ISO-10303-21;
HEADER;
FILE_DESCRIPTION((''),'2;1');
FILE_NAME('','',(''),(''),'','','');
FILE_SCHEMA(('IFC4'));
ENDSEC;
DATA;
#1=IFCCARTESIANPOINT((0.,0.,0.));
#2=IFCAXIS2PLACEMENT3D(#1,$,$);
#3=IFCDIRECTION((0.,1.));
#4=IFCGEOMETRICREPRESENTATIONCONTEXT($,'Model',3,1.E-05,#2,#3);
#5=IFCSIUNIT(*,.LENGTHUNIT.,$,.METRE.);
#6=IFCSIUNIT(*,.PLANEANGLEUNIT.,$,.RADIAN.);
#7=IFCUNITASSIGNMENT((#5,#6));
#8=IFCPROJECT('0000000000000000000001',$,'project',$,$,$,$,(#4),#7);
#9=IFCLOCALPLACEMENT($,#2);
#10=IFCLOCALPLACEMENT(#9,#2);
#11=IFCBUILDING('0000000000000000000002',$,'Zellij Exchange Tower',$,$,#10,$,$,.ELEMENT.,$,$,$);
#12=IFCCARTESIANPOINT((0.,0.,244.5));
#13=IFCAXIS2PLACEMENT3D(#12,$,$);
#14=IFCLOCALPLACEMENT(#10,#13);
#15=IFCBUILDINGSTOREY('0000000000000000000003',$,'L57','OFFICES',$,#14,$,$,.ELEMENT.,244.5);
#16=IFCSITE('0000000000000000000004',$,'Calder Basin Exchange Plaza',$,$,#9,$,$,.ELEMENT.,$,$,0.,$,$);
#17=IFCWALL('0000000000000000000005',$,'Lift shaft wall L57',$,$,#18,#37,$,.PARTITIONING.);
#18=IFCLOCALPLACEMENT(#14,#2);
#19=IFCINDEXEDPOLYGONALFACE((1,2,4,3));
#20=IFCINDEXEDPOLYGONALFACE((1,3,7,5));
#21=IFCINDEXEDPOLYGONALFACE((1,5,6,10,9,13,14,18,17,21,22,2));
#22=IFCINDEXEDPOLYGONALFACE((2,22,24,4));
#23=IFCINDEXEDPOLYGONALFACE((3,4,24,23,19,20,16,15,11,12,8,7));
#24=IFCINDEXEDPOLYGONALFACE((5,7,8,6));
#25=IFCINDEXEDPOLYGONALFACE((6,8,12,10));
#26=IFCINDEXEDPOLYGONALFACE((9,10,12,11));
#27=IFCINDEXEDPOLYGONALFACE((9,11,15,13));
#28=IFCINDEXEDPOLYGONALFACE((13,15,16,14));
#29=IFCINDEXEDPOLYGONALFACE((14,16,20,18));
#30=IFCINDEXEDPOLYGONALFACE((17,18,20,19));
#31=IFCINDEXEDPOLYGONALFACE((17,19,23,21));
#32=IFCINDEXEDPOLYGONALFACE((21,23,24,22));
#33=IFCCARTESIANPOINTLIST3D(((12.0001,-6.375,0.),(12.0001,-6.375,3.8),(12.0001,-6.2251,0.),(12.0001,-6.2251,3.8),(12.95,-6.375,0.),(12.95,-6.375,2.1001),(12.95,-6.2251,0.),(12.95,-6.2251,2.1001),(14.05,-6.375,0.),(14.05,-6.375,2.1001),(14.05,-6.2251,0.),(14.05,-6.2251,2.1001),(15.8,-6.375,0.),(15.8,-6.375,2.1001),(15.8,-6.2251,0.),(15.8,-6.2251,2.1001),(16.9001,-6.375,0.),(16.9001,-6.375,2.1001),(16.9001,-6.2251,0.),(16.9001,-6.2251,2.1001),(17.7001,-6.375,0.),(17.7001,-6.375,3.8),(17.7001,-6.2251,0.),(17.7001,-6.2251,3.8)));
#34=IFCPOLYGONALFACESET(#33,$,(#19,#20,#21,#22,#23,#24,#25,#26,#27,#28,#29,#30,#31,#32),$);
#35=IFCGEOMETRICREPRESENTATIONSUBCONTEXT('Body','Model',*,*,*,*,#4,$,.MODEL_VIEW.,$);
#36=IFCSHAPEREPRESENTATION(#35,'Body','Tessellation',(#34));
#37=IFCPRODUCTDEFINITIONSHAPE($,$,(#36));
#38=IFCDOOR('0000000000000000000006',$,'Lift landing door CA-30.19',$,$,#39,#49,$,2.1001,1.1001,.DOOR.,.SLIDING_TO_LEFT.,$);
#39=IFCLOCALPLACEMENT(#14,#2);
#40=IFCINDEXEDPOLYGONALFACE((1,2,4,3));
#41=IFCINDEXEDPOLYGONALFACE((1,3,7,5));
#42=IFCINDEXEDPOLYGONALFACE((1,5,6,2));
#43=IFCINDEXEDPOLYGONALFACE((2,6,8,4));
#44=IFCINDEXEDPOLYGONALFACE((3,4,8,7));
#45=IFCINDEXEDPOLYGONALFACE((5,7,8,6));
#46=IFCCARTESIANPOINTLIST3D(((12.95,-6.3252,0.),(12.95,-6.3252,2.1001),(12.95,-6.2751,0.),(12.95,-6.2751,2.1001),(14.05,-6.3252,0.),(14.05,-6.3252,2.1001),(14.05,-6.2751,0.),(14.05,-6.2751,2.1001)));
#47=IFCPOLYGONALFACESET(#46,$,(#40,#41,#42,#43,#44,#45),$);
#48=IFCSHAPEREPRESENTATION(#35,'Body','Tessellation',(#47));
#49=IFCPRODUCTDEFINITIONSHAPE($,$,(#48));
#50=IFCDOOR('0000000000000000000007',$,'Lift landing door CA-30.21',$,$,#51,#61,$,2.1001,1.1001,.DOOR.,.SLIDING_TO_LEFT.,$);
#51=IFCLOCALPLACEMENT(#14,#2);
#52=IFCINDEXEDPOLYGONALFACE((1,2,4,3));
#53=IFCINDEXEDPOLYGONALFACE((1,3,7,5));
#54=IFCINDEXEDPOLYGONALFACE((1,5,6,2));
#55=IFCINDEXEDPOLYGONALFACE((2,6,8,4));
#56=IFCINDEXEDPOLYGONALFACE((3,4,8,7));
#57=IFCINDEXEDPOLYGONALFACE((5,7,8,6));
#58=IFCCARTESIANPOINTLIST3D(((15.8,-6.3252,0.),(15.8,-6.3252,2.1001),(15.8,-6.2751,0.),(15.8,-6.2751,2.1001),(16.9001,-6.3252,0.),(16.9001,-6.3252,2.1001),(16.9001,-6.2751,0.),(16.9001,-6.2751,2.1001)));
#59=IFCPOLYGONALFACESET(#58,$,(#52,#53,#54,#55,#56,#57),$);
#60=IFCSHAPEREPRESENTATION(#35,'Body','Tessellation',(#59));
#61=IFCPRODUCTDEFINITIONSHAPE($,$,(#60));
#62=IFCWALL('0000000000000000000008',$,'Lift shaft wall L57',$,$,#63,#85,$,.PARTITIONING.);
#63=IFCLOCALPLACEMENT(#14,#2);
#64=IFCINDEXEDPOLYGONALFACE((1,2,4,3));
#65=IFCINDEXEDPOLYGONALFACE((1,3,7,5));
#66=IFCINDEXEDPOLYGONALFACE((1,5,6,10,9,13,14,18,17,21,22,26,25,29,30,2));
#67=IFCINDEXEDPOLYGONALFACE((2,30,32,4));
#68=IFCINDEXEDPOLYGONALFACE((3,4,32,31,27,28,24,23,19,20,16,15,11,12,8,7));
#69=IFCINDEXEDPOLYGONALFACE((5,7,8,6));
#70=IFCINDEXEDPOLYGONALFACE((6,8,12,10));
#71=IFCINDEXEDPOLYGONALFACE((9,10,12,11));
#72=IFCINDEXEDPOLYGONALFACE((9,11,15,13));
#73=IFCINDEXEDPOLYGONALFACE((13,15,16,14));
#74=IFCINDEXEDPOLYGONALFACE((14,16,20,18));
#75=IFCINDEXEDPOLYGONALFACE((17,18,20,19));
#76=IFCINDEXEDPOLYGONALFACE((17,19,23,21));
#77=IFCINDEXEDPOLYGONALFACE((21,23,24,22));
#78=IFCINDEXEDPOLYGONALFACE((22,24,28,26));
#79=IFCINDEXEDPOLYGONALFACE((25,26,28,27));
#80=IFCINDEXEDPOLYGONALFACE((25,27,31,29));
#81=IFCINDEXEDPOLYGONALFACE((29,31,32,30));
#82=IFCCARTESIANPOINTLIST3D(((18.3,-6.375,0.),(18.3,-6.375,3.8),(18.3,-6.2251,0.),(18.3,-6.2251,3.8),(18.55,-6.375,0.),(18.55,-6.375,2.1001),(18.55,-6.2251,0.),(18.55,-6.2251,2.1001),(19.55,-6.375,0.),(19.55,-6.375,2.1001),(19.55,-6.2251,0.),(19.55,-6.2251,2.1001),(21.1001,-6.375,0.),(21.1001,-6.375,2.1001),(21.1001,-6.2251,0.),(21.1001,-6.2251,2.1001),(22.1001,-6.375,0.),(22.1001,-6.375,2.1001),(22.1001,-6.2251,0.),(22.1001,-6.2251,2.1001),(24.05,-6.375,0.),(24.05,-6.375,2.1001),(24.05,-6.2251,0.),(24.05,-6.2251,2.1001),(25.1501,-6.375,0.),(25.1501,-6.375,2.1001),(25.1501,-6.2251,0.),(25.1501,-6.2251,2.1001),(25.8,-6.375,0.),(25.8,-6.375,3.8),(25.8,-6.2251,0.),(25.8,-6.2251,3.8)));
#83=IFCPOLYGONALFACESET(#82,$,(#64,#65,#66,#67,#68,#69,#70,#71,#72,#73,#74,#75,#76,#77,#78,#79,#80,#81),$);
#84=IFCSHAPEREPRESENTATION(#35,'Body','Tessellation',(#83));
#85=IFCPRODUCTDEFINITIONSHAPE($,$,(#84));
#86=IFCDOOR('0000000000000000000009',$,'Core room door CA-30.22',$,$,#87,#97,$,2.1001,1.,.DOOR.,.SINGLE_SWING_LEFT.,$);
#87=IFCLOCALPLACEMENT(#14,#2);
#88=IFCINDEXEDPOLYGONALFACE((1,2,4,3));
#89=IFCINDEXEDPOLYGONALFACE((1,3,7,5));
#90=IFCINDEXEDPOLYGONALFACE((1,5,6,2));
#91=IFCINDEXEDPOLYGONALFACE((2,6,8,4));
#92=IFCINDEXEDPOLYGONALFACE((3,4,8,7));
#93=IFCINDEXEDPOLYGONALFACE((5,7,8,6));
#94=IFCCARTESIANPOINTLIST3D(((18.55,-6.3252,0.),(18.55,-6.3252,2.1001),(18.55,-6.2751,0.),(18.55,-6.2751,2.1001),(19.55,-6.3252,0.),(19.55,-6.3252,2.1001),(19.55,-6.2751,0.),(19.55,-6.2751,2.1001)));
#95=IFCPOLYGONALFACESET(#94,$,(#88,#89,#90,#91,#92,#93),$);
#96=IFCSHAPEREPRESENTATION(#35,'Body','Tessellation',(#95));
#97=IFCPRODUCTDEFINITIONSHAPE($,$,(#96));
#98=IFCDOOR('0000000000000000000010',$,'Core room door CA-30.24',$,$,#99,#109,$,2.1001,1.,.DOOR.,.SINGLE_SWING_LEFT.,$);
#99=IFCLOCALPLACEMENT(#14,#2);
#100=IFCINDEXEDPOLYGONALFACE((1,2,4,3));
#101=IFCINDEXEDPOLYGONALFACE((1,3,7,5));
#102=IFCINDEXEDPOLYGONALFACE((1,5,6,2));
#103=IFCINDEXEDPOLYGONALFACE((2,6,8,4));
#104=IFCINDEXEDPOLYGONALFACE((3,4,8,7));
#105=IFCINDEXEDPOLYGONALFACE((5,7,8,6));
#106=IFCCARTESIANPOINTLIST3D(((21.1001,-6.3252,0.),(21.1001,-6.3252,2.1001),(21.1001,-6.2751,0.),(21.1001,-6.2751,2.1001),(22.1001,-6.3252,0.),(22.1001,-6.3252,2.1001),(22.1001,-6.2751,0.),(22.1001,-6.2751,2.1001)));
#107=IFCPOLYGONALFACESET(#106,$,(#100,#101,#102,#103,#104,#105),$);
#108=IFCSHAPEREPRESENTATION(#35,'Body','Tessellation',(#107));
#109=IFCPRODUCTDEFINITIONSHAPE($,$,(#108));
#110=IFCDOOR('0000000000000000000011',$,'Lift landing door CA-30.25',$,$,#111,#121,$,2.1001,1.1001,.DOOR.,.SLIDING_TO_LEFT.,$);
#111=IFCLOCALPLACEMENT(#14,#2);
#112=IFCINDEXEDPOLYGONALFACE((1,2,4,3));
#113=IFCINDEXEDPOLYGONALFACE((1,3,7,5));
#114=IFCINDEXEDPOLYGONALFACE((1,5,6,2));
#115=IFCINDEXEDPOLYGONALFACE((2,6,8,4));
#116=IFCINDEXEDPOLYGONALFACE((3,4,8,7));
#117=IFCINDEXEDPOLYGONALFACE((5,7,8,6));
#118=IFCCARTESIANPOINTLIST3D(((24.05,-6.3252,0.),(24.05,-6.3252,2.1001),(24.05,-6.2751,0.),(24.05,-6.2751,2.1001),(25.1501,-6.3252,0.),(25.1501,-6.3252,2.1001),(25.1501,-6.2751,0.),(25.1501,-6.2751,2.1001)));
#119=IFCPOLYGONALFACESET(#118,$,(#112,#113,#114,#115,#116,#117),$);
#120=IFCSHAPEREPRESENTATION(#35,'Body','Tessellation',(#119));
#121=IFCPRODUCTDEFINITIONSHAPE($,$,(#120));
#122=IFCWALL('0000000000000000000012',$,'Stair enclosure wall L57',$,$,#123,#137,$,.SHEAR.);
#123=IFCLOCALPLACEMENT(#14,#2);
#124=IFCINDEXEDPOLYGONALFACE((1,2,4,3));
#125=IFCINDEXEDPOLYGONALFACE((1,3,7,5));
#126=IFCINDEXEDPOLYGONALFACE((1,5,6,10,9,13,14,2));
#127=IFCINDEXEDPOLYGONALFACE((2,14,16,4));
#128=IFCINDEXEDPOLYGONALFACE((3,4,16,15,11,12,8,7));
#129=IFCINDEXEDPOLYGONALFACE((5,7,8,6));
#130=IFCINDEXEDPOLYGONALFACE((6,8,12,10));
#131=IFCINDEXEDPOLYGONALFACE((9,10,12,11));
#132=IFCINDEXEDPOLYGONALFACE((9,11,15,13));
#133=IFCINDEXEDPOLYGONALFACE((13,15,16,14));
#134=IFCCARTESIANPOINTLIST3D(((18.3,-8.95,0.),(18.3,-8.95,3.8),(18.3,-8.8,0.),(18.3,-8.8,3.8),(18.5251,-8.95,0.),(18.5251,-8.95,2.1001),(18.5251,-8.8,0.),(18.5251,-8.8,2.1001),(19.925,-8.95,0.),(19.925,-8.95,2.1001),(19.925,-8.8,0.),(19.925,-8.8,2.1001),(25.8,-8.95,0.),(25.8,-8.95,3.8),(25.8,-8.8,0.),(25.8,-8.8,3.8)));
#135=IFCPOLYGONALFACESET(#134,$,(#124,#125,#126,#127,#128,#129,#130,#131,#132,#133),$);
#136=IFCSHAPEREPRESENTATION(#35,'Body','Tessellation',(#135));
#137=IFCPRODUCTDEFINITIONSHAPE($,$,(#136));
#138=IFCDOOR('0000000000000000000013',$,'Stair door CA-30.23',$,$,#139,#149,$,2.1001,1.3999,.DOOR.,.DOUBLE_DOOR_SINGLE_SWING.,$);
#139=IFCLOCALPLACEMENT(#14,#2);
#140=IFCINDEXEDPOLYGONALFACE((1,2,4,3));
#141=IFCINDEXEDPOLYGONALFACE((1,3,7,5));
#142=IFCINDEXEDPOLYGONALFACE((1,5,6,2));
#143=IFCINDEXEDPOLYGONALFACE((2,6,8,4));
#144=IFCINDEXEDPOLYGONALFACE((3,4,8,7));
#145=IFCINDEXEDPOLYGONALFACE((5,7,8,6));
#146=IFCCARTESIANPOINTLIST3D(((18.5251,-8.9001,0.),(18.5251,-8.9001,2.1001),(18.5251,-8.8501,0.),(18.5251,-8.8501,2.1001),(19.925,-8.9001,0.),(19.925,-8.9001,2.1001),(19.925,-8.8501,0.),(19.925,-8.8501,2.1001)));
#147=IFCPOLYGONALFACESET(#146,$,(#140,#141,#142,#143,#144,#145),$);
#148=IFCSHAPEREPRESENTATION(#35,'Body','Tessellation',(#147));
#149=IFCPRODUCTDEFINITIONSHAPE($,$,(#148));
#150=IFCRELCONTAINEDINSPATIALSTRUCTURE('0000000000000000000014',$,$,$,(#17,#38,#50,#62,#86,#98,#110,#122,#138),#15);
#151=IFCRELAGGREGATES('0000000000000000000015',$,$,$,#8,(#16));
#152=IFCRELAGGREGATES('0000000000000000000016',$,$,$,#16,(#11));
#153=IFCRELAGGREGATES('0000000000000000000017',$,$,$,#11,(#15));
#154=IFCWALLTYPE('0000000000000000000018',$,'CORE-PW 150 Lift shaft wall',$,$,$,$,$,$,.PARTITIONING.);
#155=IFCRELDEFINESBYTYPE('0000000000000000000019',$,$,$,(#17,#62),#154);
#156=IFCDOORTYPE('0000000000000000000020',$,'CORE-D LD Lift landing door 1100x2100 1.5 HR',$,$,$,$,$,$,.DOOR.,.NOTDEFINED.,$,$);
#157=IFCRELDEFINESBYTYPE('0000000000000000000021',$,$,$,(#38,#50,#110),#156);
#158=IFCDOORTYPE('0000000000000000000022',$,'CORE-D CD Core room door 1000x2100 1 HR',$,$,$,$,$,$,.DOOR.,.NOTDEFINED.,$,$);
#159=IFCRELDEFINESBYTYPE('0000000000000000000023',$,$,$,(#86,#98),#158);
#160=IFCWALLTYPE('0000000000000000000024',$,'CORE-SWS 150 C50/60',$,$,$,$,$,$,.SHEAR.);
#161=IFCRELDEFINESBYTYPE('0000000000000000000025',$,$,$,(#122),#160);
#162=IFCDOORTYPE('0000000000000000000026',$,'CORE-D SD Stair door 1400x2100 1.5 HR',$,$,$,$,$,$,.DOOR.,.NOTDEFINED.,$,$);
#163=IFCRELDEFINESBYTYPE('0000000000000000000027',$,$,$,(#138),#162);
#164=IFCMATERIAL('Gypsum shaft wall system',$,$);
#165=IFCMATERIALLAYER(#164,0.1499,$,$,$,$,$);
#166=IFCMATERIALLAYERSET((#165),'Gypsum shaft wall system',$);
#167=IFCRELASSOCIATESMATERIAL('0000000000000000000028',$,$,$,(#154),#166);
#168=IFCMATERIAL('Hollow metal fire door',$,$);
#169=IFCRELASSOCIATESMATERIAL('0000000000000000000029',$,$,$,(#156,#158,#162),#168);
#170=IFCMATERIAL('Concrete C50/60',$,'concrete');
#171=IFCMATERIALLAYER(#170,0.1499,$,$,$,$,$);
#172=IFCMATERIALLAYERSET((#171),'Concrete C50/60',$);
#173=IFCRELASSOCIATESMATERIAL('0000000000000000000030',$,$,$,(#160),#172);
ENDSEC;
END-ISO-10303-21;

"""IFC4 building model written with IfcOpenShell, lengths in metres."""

from ifc_helpers import new_model, si_unit, direction, frame, frame_2d, origin, place, context, subcontext, project, spatial, rectangle, extrude, material, layer, layer_set, type_object, element, fill, save


model = new_model("IFC4")

# Units and contexts
model_context = context("Model", 3, precision=1e-05, world=origin(), true_north=direction((0.0, 1.0)))
body_context = subcontext(model_context, "Body", "Model", "MODEL_VIEW")
ifc_project = project(units=[si_unit("LENGTHUNIT", "METRE"), si_unit("PLANEANGLEUNIT", "RADIAN")], contexts=[model_context])

# Site, building, storey
site_placement = place(None, origin())
site = spatial("IfcSite", under=ifc_project, at=site_placement, Name="Calder Basin Exchange Plaza", CompositionType="ELEMENT", RefElevation=0.0)
building_placement = place(site_placement, origin())
building = spatial("IfcBuilding", under=site, at=building_placement, Name="Zellij Exchange Tower", CompositionType="ELEMENT")
storey_placement = place(building_placement, frame((0.0, 0.0, 244.5)))
storey = spatial("IfcBuildingStorey", under=building, at=storey_placement, Name="L57", Description="OFFICES", CompositionType="ELEMENT", Elevation=244.5)

# Shared definitions
ifc_material_1 = material(Name="Concrete C50/60", Category="concrete")

# Shared definitions
ifc_material_2 = material(Name="Hollow metal fire door")

# Shared definitions
ifc_material_3 = material(Name="Gypsum shaft wall system")
ifc_layer_1 = layer(ifc_material_3, 0.1499)
ifc_layer_set_1 = layer_set([ifc_layer_1], Name="Gypsum shaft wall system")
wall_type_1 = type_object("IfcWallType", Name="CORE-PW 150 Lift shaft wall", PredefinedType="PARTITIONING", material=ifc_layer_set_1)

# Walls, openings, doors
wall_1_placement = place(storey_placement, frame((12.0, -6.3, 0.0), z_axis=(0.0, 0.0, 1.0), x_axis=(1.0, 0.0, 0.0)))
wall_1 = element("IfcWall", 1, at=wall_1_placement, inside=storey, type_object=wall_type_1, Name="Lift shaft wall L57", PredefinedType="PARTITIONING", context=body_context, shape_type="SweptSolid", body=[
    extrude(rectangle(XDim=5.7, YDim=0.1499, at=frame_2d((2.8501, 0.0))), origin(), (0.0, 0.0, 1.0), 3.8),
])
opening_1_placement = place(wall_1_placement, frame((0.95, 0.0, 0.0)))
opening_1 = element("IfcOpeningElement", 2, at=opening_1_placement, cuts=wall_1, PredefinedType="OPENING", context=body_context, shape_type="SweptSolid", body=[
    extrude(rectangle(XDim=1.1001, YDim=2.1001, at=frame_2d((0.55, 1.05))), frame((0.0, 0.0869, 0.0), z_axis=(0.0, -1.0, 0.0), x_axis=(1.0, 0.0, 0.0)), (0.0, 0.0, 1.0), 0.1738),
])
opening_2_placement = place(wall_1_placement, frame((3.8, 0.0, 0.0)))
opening_2 = element("IfcOpeningElement", 3, at=opening_2_placement, cuts=wall_1, PredefinedType="OPENING", context=body_context, shape_type="SweptSolid", body=[
    extrude(rectangle(XDim=1.1001, YDim=2.1001, at=frame_2d((0.55, 1.05))), frame((0.0, 0.0869, 0.0), z_axis=(0.0, -1.0, 0.0), x_axis=(1.0, 0.0, 0.0)), (0.0, 0.0, 1.0), 0.1738),
])
door_type_1 = type_object("IfcDoorType", Name="CORE-D LD Lift landing door 1100x2100 1.5 HR", OperationType="NOTDEFINED", PredefinedType="DOOR", material=ifc_material_2)
door_1_placement = place(opening_1_placement, origin())
door_1 = element("IfcDoor", 4, at=door_1_placement, inside=storey, type_object=door_type_1, Name="Lift landing door CA-30.19", OperationType="SLIDING_TO_LEFT", OverallHeight=2.1001, OverallWidth=1.1001, PredefinedType="DOOR", context=body_context, shape_type="SweptSolid", body=[
    extrude(rectangle(XDim=1.1001, YDim=2.1001, at=frame_2d((0.55, 1.05))), frame((0.0, 0.0249, 0.0), z_axis=(0.0, -1.0, 0.0), x_axis=(1.0, 0.0, 0.0)), (0.0, 0.0, 1.0), 0.05),
])
fill(opening_1, door_1)
door_2_placement = place(opening_2_placement, origin())
door_2 = element("IfcDoor", 5, at=door_2_placement, inside=storey, type_object=door_type_1, Name="Lift landing door CA-30.21", OperationType="SLIDING_TO_LEFT", OverallHeight=2.1001, OverallWidth=1.1001, PredefinedType="DOOR", context=body_context, shape_type="SweptSolid", body=[
    extrude(rectangle(XDim=1.1001, YDim=2.1001, at=frame_2d((0.55, 1.05))), frame((0.0, 0.0249, 0.0), z_axis=(0.0, -1.0, 0.0), x_axis=(1.0, 0.0, 0.0)), (0.0, 0.0, 1.0), 0.05),
])
fill(opening_2, door_2)
wall_2_placement = place(storey_placement, frame((18.3, -6.3, 0.0), z_axis=(0.0, 0.0, 1.0), x_axis=(1.0, 0.0, 0.0)))
wall_2 = element("IfcWall", 6, at=wall_2_placement, inside=storey, type_object=wall_type_1, Name="Lift shaft wall L57", PredefinedType="PARTITIONING", context=body_context, shape_type="SweptSolid", body=[
    extrude(rectangle(XDim=7.5, YDim=0.1499, at=frame_2d((3.75, 0.0))), origin(), (0.0, 0.0, 1.0), 3.8),
])
opening_3_placement = place(wall_2_placement, frame((0.25, 0.0, 0.0)))
opening_3 = element("IfcOpeningElement", 7, at=opening_3_placement, cuts=wall_2, PredefinedType="OPENING", context=body_context, shape_type="SweptSolid", body=[
    extrude(rectangle(XDim=1.0, YDim=2.1001, at=frame_2d((0.5, 1.05))), frame((0.0, 0.0869, 0.0), z_axis=(0.0, -1.0, 0.0), x_axis=(1.0, 0.0, 0.0)), (0.0, 0.0, 1.0), 0.1738),
])
opening_4_placement = place(wall_2_placement, frame((2.8, 0.0, 0.0)))
opening_4 = element("IfcOpeningElement", 8, at=opening_4_placement, cuts=wall_2, PredefinedType="OPENING", context=body_context, shape_type="SweptSolid", body=[
    extrude(rectangle(XDim=1.0, YDim=2.1001, at=frame_2d((0.5, 1.05))), frame((0.0, 0.0869, 0.0), z_axis=(0.0, -1.0, 0.0), x_axis=(1.0, 0.0, 0.0)), (0.0, 0.0, 1.0), 0.1738),
])
opening_5_placement = place(wall_2_placement, frame((5.75, 0.0, 0.0)))
opening_5 = element("IfcOpeningElement", 9, at=opening_5_placement, cuts=wall_2, PredefinedType="OPENING", context=body_context, shape_type="SweptSolid", body=[
    extrude(rectangle(XDim=1.1001, YDim=2.1001, at=frame_2d((0.55, 1.05))), frame((0.0, 0.0869, 0.0), z_axis=(0.0, -1.0, 0.0), x_axis=(1.0, 0.0, 0.0)), (0.0, 0.0, 1.0), 0.1738),
])
door_type_2 = type_object("IfcDoorType", Name="CORE-D CD Core room door 1000x2100 1 HR", OperationType="NOTDEFINED", PredefinedType="DOOR", material=ifc_material_2)
door_3_placement = place(opening_3_placement, origin())
door_3 = element("IfcDoor", 10, at=door_3_placement, inside=storey, type_object=door_type_2, Name="Core room door CA-30.22", OperationType="SINGLE_SWING_LEFT", OverallHeight=2.1001, OverallWidth=1.0, PredefinedType="DOOR", context=body_context, shape_type="SweptSolid", body=[
    extrude(rectangle(XDim=1.0, YDim=2.1001, at=frame_2d((0.5, 1.05))), frame((0.0, 0.0249, 0.0), z_axis=(0.0, -1.0, 0.0), x_axis=(1.0, 0.0, 0.0)), (0.0, 0.0, 1.0), 0.05),
])
fill(opening_3, door_3)
door_4_placement = place(opening_4_placement, origin())
door_4 = element("IfcDoor", 11, at=door_4_placement, inside=storey, type_object=door_type_2, Name="Core room door CA-30.24", OperationType="SINGLE_SWING_LEFT", OverallHeight=2.1001, OverallWidth=1.0, PredefinedType="DOOR", context=body_context, shape_type="SweptSolid", body=[
    extrude(rectangle(XDim=1.0, YDim=2.1001, at=frame_2d((0.5, 1.05))), frame((0.0, 0.0249, 0.0), z_axis=(0.0, -1.0, 0.0), x_axis=(1.0, 0.0, 0.0)), (0.0, 0.0, 1.0), 0.05),
])
fill(opening_4, door_4)
door_5_placement = place(opening_5_placement, origin())
door_5 = element("IfcDoor", 12, at=door_5_placement, inside=storey, type_object=door_type_1, Name="Lift landing door CA-30.25", OperationType="SLIDING_TO_LEFT", OverallHeight=2.1001, OverallWidth=1.1001, PredefinedType="DOOR", context=body_context, shape_type="SweptSolid", body=[
    extrude(rectangle(XDim=1.1001, YDim=2.1001, at=frame_2d((0.55, 1.05))), frame((0.0, 0.0249, 0.0), z_axis=(0.0, -1.0, 0.0), x_axis=(1.0, 0.0, 0.0)), (0.0, 0.0, 1.0), 0.05),
])
fill(opening_5, door_5)

# Wall, opening, door
ifc_layer_2 = layer(ifc_material_1, 0.1499)
ifc_layer_set_2 = layer_set([ifc_layer_2], Name="Concrete C50/60")
wall_type_2 = type_object("IfcWallType", Name="CORE-SWS 150 C50/60", PredefinedType="SHEAR", material=ifc_layer_set_2)
wall_3_placement = place(storey_placement, frame((18.3, -8.875, 0.0), z_axis=(0.0, 0.0, 1.0), x_axis=(1.0, 0.0, 0.0)))
wall_3 = element("IfcWall", 13, at=wall_3_placement, inside=storey, type_object=wall_type_2, Name="Stair enclosure wall L57", PredefinedType="SHEAR", context=body_context, shape_type="SweptSolid", body=[
    extrude(rectangle(XDim=7.5, YDim=0.1499, at=frame_2d((3.75, 0.0))), origin(), (0.0, 0.0, 1.0), 3.8),
])
opening_6_placement = place(wall_3_placement, frame((0.2251, 0.0, 0.0)))
opening_6 = element("IfcOpeningElement", 14, at=opening_6_placement, cuts=wall_3, PredefinedType="OPENING", context=body_context, shape_type="SweptSolid", body=[
    extrude(rectangle(XDim=1.3999, YDim=2.1001, at=frame_2d((0.7, 1.05))), frame((0.0, 0.0869, 0.0), z_axis=(0.0, -1.0, 0.0), x_axis=(1.0, 0.0, 0.0)), (0.0, 0.0, 1.0), 0.1738),
])
door_type_3 = type_object("IfcDoorType", Name="CORE-D SD Stair door 1400x2100 1.5 HR", OperationType="NOTDEFINED", PredefinedType="DOOR", material=ifc_material_2)
door_6_placement = place(opening_6_placement, origin())
door_6 = element("IfcDoor", 15, at=door_6_placement, inside=storey, type_object=door_type_3, Name="Stair door CA-30.23", OperationType="DOUBLE_DOOR_SINGLE_SWING", OverallHeight=2.1001, OverallWidth=1.3999, PredefinedType="DOOR", context=body_context, shape_type="SweptSolid", body=[
    extrude(rectangle(XDim=1.3999, YDim=2.1001, at=frame_2d((0.7, 1.05))), frame((0.0, 0.0249, 0.0), z_axis=(0.0, -1.0, 0.0), x_axis=(1.0, 0.0, 0.0)), (0.0, 0.0, 1.0), 0.05),
])
fill(opening_6, door_6)

save(model, "model.ifc")
